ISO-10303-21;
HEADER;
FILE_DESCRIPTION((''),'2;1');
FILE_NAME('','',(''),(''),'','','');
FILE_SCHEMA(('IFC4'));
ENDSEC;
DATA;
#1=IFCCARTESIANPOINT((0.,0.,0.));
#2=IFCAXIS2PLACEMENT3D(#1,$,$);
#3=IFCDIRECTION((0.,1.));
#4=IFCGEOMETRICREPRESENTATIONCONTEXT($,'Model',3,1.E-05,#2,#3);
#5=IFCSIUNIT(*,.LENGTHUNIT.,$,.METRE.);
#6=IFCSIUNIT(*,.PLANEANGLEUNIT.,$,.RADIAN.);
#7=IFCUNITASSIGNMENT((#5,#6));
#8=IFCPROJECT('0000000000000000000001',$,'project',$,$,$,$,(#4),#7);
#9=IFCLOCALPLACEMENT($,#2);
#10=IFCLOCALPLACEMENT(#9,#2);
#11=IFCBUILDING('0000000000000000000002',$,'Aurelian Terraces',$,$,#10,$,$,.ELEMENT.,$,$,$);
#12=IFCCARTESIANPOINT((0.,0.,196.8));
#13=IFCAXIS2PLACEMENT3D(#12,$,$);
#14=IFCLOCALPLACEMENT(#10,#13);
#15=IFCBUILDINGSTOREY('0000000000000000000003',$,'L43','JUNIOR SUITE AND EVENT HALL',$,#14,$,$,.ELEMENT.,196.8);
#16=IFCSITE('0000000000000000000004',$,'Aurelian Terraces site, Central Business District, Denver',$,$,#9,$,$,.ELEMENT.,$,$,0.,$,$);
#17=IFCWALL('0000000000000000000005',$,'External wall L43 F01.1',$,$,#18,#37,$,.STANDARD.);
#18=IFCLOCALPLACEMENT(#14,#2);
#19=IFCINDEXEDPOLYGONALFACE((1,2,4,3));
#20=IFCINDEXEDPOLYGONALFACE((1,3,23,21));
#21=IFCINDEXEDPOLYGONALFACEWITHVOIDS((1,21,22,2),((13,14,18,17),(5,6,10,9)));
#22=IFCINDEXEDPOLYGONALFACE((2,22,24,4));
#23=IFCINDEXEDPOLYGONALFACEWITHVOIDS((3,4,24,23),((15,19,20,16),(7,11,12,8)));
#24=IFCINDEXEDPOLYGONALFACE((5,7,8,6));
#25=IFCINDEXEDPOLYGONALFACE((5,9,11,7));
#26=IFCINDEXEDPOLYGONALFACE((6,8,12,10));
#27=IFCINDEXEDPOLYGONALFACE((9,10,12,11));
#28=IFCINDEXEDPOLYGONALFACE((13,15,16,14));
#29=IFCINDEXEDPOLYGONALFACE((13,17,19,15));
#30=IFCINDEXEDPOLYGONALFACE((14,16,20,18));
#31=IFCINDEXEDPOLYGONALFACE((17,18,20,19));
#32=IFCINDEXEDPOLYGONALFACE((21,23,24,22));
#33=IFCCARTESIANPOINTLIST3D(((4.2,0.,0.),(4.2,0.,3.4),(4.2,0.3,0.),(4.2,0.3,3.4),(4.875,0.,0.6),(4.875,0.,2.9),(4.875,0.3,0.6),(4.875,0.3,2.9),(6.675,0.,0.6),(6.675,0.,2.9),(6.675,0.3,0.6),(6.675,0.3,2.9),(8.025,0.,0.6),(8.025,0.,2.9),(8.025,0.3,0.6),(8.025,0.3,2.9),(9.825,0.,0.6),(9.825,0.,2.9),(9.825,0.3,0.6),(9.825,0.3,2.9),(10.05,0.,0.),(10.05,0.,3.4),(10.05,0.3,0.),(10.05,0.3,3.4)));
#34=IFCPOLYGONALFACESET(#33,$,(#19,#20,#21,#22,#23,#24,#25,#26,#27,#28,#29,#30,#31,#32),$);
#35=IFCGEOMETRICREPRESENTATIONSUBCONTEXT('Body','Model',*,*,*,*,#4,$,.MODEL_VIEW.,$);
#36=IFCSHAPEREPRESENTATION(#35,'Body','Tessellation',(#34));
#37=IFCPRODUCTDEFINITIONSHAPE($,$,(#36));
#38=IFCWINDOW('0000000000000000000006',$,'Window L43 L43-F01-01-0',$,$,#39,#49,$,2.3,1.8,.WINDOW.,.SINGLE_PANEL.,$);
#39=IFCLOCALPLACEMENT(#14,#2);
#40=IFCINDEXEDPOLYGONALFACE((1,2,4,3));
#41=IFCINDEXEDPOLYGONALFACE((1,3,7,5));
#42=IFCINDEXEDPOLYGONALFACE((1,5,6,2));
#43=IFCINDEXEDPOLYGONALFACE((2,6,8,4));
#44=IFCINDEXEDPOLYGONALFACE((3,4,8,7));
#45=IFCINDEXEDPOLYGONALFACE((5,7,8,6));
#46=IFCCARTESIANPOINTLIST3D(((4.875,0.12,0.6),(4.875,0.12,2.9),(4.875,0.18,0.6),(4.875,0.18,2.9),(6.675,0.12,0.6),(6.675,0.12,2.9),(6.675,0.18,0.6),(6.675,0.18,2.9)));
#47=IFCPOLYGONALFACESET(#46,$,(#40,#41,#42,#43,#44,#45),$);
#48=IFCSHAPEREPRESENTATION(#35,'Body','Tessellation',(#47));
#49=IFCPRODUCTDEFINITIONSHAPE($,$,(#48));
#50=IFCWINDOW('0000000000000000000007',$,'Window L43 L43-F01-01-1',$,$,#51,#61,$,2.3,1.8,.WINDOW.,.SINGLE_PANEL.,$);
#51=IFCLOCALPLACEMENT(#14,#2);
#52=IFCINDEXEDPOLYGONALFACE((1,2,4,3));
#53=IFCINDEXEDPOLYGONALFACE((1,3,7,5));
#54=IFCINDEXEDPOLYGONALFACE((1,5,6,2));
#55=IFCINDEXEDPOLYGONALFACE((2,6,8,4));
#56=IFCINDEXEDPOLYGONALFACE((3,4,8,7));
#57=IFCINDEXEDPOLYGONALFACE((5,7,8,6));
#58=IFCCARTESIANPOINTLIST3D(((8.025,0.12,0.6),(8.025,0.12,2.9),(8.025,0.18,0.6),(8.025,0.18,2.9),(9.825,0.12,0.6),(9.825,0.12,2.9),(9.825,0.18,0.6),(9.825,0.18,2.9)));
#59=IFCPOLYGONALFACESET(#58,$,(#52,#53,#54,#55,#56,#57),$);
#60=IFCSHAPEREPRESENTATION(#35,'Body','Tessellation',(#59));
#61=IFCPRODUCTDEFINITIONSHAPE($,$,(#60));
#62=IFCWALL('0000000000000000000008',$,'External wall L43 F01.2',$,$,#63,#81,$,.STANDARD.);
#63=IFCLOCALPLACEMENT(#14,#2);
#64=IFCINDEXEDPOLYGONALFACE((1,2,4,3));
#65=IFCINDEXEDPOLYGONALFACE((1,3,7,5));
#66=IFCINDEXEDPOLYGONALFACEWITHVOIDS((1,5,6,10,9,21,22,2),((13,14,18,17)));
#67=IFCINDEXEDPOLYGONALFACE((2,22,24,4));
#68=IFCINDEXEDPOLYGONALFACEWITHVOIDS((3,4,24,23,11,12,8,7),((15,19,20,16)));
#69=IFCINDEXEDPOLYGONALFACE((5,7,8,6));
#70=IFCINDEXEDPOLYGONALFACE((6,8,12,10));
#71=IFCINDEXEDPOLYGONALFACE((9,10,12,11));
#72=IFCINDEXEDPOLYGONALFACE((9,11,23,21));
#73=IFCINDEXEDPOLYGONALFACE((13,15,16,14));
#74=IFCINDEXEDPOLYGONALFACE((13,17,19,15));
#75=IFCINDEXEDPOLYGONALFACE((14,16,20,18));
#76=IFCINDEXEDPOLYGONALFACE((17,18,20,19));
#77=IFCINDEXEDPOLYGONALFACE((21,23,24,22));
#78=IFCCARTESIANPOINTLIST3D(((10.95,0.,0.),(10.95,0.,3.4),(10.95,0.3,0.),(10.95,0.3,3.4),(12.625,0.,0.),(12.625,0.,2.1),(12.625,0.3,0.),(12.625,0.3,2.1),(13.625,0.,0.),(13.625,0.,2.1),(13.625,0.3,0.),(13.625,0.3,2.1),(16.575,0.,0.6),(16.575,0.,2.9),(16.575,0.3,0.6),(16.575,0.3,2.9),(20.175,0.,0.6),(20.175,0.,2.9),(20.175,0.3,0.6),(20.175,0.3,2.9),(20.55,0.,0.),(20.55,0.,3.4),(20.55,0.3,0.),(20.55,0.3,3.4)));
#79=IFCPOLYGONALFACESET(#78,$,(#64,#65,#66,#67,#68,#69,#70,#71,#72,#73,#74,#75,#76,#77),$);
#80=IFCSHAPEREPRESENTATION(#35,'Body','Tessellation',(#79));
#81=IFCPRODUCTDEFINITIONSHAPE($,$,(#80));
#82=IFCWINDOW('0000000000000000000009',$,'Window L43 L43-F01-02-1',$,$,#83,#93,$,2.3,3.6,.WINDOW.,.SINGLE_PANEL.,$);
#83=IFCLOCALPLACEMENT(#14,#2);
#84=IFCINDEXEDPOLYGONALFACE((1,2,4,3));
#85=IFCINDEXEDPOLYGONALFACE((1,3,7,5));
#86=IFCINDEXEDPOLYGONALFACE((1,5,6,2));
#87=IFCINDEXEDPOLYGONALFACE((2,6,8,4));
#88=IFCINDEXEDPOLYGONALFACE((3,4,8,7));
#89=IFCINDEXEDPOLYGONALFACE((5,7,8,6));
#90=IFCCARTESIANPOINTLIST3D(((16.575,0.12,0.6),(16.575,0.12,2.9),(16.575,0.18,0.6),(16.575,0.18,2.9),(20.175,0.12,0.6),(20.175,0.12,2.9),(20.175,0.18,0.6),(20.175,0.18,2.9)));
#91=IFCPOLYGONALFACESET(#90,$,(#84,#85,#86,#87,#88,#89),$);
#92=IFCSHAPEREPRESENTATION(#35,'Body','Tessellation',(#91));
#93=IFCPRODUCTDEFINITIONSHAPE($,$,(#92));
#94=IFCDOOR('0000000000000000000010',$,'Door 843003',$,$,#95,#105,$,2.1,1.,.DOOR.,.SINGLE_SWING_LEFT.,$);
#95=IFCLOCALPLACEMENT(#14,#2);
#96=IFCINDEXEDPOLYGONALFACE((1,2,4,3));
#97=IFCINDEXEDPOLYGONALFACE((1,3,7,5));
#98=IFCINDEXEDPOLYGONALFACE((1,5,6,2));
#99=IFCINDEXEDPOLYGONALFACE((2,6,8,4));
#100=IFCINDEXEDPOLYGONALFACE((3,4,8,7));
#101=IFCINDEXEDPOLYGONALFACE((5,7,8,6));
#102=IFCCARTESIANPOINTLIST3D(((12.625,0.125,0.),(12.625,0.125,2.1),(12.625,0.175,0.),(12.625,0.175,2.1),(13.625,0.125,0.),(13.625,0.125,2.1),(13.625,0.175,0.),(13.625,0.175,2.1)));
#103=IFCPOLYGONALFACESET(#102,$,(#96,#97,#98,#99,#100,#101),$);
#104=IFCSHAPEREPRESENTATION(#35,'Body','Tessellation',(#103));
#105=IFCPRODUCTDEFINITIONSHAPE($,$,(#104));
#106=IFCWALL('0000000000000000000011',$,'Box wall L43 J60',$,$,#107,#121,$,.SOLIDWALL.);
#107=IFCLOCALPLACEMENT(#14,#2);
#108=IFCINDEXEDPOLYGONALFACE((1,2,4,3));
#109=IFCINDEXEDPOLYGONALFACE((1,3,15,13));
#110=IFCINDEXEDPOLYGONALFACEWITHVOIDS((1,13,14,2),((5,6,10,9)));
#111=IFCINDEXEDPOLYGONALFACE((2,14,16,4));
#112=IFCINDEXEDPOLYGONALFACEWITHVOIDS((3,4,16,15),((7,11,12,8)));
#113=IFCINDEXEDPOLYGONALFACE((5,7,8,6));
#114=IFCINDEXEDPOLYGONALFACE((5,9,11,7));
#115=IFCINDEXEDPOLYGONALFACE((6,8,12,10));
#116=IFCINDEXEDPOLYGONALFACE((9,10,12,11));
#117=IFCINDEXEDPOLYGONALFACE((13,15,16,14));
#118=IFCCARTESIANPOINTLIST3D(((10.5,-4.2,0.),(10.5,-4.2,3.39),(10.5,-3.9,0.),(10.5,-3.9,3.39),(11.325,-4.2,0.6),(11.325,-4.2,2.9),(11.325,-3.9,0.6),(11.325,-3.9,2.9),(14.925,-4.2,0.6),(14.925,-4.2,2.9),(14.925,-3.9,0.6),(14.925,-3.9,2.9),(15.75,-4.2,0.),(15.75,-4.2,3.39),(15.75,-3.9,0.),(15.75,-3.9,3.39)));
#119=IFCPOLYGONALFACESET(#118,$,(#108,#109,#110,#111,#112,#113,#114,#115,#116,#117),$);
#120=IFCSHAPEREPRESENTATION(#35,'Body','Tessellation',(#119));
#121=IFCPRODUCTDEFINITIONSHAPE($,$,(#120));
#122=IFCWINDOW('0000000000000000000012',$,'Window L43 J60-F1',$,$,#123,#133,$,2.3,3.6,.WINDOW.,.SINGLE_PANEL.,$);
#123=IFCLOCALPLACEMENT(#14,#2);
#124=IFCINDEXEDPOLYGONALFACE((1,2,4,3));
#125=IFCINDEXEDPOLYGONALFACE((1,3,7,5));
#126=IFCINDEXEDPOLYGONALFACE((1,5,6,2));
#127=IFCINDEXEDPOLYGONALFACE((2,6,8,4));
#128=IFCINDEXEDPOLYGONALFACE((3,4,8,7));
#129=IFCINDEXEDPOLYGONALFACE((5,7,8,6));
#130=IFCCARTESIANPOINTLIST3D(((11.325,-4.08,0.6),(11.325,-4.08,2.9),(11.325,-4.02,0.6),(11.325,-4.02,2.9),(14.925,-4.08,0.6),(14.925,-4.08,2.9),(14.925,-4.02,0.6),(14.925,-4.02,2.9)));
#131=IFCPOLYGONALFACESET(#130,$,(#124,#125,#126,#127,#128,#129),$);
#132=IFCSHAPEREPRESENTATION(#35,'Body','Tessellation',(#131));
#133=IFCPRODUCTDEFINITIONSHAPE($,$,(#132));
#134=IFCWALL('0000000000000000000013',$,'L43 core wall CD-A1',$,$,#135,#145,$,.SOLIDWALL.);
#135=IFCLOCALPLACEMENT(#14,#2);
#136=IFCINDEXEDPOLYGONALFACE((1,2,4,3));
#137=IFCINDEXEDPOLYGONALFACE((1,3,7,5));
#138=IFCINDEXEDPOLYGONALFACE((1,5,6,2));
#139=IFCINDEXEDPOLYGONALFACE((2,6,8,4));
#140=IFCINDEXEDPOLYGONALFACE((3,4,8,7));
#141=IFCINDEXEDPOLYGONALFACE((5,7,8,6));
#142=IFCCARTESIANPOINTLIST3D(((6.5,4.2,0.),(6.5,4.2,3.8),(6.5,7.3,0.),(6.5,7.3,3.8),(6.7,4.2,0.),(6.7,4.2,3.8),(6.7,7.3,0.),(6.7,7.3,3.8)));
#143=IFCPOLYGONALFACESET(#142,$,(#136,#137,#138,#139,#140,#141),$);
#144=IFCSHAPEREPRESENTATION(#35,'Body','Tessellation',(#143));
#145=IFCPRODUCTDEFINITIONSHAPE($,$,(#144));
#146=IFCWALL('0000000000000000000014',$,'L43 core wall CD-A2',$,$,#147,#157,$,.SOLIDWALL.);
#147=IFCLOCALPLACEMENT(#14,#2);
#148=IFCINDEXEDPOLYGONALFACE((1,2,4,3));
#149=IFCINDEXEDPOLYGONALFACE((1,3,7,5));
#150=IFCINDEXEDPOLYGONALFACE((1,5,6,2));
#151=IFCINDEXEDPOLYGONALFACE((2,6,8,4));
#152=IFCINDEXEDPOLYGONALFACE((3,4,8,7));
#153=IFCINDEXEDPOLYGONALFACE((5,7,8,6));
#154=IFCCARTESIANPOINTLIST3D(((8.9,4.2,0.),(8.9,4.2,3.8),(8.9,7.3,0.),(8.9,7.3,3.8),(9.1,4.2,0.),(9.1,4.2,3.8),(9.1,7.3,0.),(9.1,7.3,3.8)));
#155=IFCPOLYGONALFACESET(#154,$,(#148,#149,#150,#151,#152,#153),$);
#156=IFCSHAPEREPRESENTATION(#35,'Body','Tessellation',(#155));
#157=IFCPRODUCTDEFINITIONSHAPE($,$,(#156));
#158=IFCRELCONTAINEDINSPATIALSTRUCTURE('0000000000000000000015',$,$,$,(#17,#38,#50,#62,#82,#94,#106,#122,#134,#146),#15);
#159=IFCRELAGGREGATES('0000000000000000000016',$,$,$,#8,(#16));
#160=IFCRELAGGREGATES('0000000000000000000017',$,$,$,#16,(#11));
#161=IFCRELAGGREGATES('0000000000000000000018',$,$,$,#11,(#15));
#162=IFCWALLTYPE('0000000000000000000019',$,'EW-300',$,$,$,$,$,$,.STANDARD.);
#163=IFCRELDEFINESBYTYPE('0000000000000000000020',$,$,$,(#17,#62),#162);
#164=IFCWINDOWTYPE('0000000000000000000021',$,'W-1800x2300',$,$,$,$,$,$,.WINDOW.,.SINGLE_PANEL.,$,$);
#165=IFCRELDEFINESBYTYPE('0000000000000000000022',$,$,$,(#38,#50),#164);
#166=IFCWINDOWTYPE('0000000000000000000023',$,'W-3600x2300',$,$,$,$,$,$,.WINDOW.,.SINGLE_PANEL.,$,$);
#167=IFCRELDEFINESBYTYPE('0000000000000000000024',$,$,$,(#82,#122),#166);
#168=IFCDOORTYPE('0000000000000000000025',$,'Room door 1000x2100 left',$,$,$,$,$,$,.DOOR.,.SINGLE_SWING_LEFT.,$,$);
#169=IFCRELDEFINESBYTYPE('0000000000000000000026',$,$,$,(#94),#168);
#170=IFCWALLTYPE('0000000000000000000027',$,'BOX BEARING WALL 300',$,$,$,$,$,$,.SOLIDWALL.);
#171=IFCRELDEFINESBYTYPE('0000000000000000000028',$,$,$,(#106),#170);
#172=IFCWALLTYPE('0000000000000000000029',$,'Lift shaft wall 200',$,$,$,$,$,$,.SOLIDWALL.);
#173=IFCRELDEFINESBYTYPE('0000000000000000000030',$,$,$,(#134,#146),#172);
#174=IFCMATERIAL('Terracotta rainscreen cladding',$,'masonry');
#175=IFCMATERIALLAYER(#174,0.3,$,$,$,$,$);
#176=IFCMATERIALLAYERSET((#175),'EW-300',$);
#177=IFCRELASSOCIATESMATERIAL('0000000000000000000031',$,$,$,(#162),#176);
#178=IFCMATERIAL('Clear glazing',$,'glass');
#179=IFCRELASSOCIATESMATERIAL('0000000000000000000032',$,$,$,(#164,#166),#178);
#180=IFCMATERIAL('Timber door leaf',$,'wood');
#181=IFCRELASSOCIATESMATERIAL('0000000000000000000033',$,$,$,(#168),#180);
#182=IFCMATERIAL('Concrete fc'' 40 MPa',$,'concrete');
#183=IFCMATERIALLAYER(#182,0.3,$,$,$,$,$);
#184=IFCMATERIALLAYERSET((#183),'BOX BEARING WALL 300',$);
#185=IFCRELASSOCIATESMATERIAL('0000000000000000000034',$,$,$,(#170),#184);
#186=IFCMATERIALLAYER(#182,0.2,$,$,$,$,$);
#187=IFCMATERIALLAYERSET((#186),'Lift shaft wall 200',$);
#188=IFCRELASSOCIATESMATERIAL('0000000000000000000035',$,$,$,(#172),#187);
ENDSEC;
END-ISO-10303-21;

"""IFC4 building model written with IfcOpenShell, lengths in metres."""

from ifc_helpers import new_model, si_unit, direction, frame, frame_2d, origin, place, context, subcontext, project, spatial, rectangle, extrude, source, transform, mapped, material, layer, layer_set, type_object, element, fill, save


model = new_model("IFC4")

# Units and contexts
model_context = context("Model", 3, precision=1e-05, world=origin(), true_north=direction((0.0, 1.0)))
body_context = subcontext(model_context, "Body", "Model", "MODEL_VIEW")
ifc_project = project(units=[si_unit("LENGTHUNIT", "METRE"), si_unit("PLANEANGLEUNIT", "RADIAN")], contexts=[model_context])

# Site, building, storey
site_placement = place(None, origin())
site = spatial("IfcSite", under=ifc_project, at=site_placement, Name="Aurelian Terraces site, Central Business District, Denver", CompositionType="ELEMENT", RefElevation=0.0)
building_placement = place(site_placement, origin())
building = spatial("IfcBuilding", under=site, at=building_placement, Name="Aurelian Terraces", CompositionType="ELEMENT")
storey_placement = place(building_placement, frame((0.0, 0.0, 196.8)))
storey = spatial("IfcBuildingStorey", under=building, at=storey_placement, Name="L43", Description="JUNIOR SUITE AND EVENT HALL", CompositionType="ELEMENT", Elevation=196.8)

# Shared definitions
ifc_material_1 = material(Name="Terracotta rainscreen cladding", Category="masonry")
ifc_layer_1 = layer(ifc_material_1, 0.3)
ifc_layer_set_1 = layer_set([ifc_layer_1], Name="EW-300")
wall_type_1 = type_object("IfcWallType", Name="EW-300", PredefinedType="STANDARD", material=ifc_layer_set_1)
shared_shape_1 = source(origin(), body_context, "Body", "SweptSolid", [
    extrude(rectangle(XDim=1.8, YDim=2.3, at=frame_2d((0.9, 1.15))), frame((0.0, 0.16, 0.0), z_axis=(0.0, -1.0, 0.0), x_axis=(1.0, 0.0, 0.0)), (0.0, 0.0, 1.0), 0.32),
])
ifc_material_2 = material(Name="Clear glazing", Category="glass")
window_type_1 = type_object("IfcWindowType", Name="W-1800x2300", PartitioningType="SINGLE_PANEL", PredefinedType="WINDOW", material=ifc_material_2)
shared_shape_2 = source(origin(), body_context, "Body", "SweptSolid", [
    extrude(rectangle(XDim=1.8, YDim=2.3, at=frame_2d((0.9, 1.15))), frame((0.0, 0.03, 0.0), z_axis=(0.0, -1.0, 0.0), x_axis=(1.0, 0.0, 0.0)), (0.0, 0.0, 1.0), 0.06),
])
ifc_material_3 = material(Name="Concrete fc' 40 MPa", Category="concrete")

# Wall, openings, windows
shared_shape_3 = source(origin(), body_context, "Body", "SweptSolid", [
    extrude(rectangle(XDim=5.85, YDim=0.3, at=frame_2d((2.925, 0.0))), origin(), (0.0, 0.0, 1.0), 3.4),
])
wall_1_placement = place(storey_placement, frame((4.2, 0.15, 0.0), z_axis=(0.0, 0.0, 1.0), x_axis=(1.0, 0.0, 0.0)))
wall_1 = element("IfcWall", 1, at=wall_1_placement, inside=storey, type_object=wall_type_1, Name="External wall L43 F01.1", PredefinedType="STANDARD", context=body_context, shape_type="MappedRepresentation", body=[
    mapped(shared_shape_3, transform((0.0, 0.0, 0.0), scale=1.0)),
])
opening_1_placement = place(wall_1_placement, frame((0.675, 0.0, 0.6)))
opening_1 = element("IfcOpeningElement", 2, at=opening_1_placement, cuts=wall_1, PredefinedType="OPENING", context=body_context, shape_type="MappedRepresentation", body=[
    mapped(shared_shape_1, transform((0.0, 0.0, 0.0), scale=1.0)),
])
opening_2_placement = place(wall_1_placement, frame((3.825, 0.0, 0.6)))
opening_2 = element("IfcOpeningElement", 3, at=opening_2_placement, cuts=wall_1, PredefinedType="OPENING", context=body_context, shape_type="MappedRepresentation", body=[
    mapped(shared_shape_1, transform((0.0, 0.0, 0.0), scale=1.0)),
])
window_1_placement = place(opening_1_placement, origin())
window_1 = element("IfcWindow", 4, at=window_1_placement, inside=storey, type_object=window_type_1, Name="Window L43 L43-F01-01-0", OverallHeight=2.3, OverallWidth=1.8, PartitioningType="SINGLE_PANEL", PredefinedType="WINDOW", context=body_context, shape_type="MappedRepresentation", body=[
    mapped(shared_shape_2, transform((0.0, 0.0, 0.0), scale=1.0)),
])
fill(opening_1, window_1)
window_2_placement = place(opening_2_placement, origin())
window_2 = element("IfcWindow", 5, at=window_2_placement, inside=storey, type_object=window_type_1, Name="Window L43 L43-F01-01-1", OverallHeight=2.3, OverallWidth=1.8, PartitioningType="SINGLE_PANEL", PredefinedType="WINDOW", context=body_context, shape_type="MappedRepresentation", body=[
    mapped(shared_shape_2, transform((0.0, 0.0, 0.0), scale=1.0)),
])
fill(opening_2, window_2)

# Wall, openings, window, door
shared_shape_4 = source(origin(), body_context, "Body", "SweptSolid", [
    extrude(rectangle(XDim=9.6, YDim=0.3, at=frame_2d((4.8, 0.0))), origin(), (0.0, 0.0, 1.0), 3.4),
])
wall_2_placement = place(storey_placement, frame((10.95, 0.15, 0.0), z_axis=(0.0, 0.0, 1.0), x_axis=(1.0, 0.0, 0.0)))
wall_2 = element("IfcWall", 6, at=wall_2_placement, inside=storey, type_object=wall_type_1, Name="External wall L43 F01.2", PredefinedType="STANDARD", context=body_context, shape_type="MappedRepresentation", body=[
    mapped(shared_shape_4, transform((0.0, 0.0, 0.0), scale=1.0)),
])
shared_shape_5 = source(origin(), body_context, "Body", "SweptSolid", [
    extrude(rectangle(XDim=3.6, YDim=2.3, at=frame_2d((1.8, 1.15))), frame((0.0, 0.16, 0.0), z_axis=(0.0, -1.0, 0.0), x_axis=(1.0, 0.0, 0.0)), (0.0, 0.0, 1.0), 0.32),
])
opening_3_placement = place(wall_2_placement, frame((5.625, 0.0, 0.6)))
opening_3 = element("IfcOpeningElement", 7, at=opening_3_placement, cuts=wall_2, PredefinedType="OPENING", context=body_context, shape_type="MappedRepresentation", body=[
    mapped(shared_shape_5, transform((0.0, 0.0, 0.0), scale=1.0)),
])
shared_shape_6 = source(origin(), body_context, "Body", "SweptSolid", [
    extrude(rectangle(XDim=1.0, YDim=2.1, at=frame_2d((0.5, 1.05))), frame((0.0, 0.16, 0.0), z_axis=(0.0, -1.0, 0.0), x_axis=(1.0, 0.0, 0.0)), (0.0, 0.0, 1.0), 0.32),
])
opening_4_placement = place(wall_2_placement, frame((1.675, 0.0, 0.0)))
opening_4 = element("IfcOpeningElement", 8, at=opening_4_placement, cuts=wall_2, PredefinedType="OPENING", context=body_context, shape_type="MappedRepresentation", body=[
    mapped(shared_shape_6, transform((0.0, 0.0, 0.0), scale=1.0)),
])
window_type_2 = type_object("IfcWindowType", Name="W-3600x2300", PartitioningType="SINGLE_PANEL", PredefinedType="WINDOW", material=ifc_material_2)
shared_shape_7 = source(origin(), body_context, "Body", "SweptSolid", [
    extrude(rectangle(XDim=3.6, YDim=2.3, at=frame_2d((1.8, 1.15))), frame((0.0, 0.03, 0.0), z_axis=(0.0, -1.0, 0.0), x_axis=(1.0, 0.0, 0.0)), (0.0, 0.0, 1.0), 0.06),
])
window_3_placement = place(opening_3_placement, origin())
window_3 = element("IfcWindow", 9, at=window_3_placement, inside=storey, type_object=window_type_2, Name="Window L43 L43-F01-02-1", OverallHeight=2.3, OverallWidth=3.6, PartitioningType="SINGLE_PANEL", PredefinedType="WINDOW", context=body_context, shape_type="MappedRepresentation", body=[
    mapped(shared_shape_7, transform((0.0, 0.0, 0.0), scale=1.0)),
])
fill(opening_3, window_3)
ifc_material_4 = material(Name="Timber door leaf", Category="wood")
door_type_1 = type_object("IfcDoorType", Name="Room door 1000x2100 left", OperationType="SINGLE_SWING_LEFT", PredefinedType="DOOR", material=ifc_material_4)
shared_shape_8 = source(origin(), body_context, "Body", "SweptSolid", [
    extrude(rectangle(XDim=1.0, YDim=2.1, at=frame_2d((0.5, 1.05))), frame((0.0, 0.025, 0.0), z_axis=(0.0, -1.0, 0.0), x_axis=(1.0, 0.0, 0.0)), (0.0, 0.0, 1.0), 0.05),
])
door_1_placement = place(opening_4_placement, origin())
door_1 = element("IfcDoor", 10, at=door_1_placement, inside=storey, type_object=door_type_1, Name="Door 843003", OperationType="SINGLE_SWING_LEFT", OverallHeight=2.1, OverallWidth=1.0, PredefinedType="DOOR", context=body_context, shape_type="MappedRepresentation", body=[
    mapped(shared_shape_8, transform((0.0, 0.0, 0.0), scale=1.0)),
])
fill(opening_4, door_1)

# Wall, opening, window
ifc_layer_2 = layer(ifc_material_3, 0.3)
ifc_layer_set_2 = layer_set([ifc_layer_2], Name="BOX BEARING WALL 300")
wall_type_2 = type_object("IfcWallType", Name="BOX BEARING WALL 300", PredefinedType="SOLIDWALL", material=ifc_layer_set_2)
shared_shape_9 = source(origin(), body_context, "Body", "SweptSolid", [
    extrude(rectangle(XDim=5.25, YDim=0.3, at=frame_2d((2.625, 0.0))), origin(), (0.0, 0.0, 1.0), 3.39),
])
wall_3_placement = place(storey_placement, frame((10.5, -4.05, 0.0), z_axis=(0.0, 0.0, 1.0), x_axis=(1.0, 0.0, 0.0)))
wall_3 = element("IfcWall", 11, at=wall_3_placement, inside=storey, type_object=wall_type_2, Name="Box wall L43 J60", PredefinedType="SOLIDWALL", context=body_context, shape_type="MappedRepresentation", body=[
    mapped(shared_shape_9, transform((0.0, 0.0, 0.0), scale=1.0)),
])
opening_5_placement = place(wall_3_placement, frame((0.825, 0.0, 0.6)))
opening_5 = element("IfcOpeningElement", 12, at=opening_5_placement, cuts=wall_3, PredefinedType="OPENING", context=body_context, shape_type="MappedRepresentation", body=[
    mapped(shared_shape_5, transform((0.0, 0.0, 0.0), scale=1.0)),
])
window_4_placement = place(opening_5_placement, origin())
window_4 = element("IfcWindow", 13, at=window_4_placement, inside=storey, type_object=window_type_2, Name="Window L43 J60-F1", OverallHeight=2.3, OverallWidth=3.6, PartitioningType="SINGLE_PANEL", PredefinedType="WINDOW", context=body_context, shape_type="MappedRepresentation", body=[
    mapped(shared_shape_7, transform((0.0, 0.0, 0.0), scale=1.0)),
])
fill(opening_5, window_4)

# Walls
ifc_layer_3 = layer(ifc_material_3, 0.2)
ifc_layer_set_3 = layer_set([ifc_layer_3], Name="Lift shaft wall 200")
wall_type_3 = type_object("IfcWallType", Name="Lift shaft wall 200", PredefinedType="SOLIDWALL", material=ifc_layer_set_3)
shared_shape_10 = source(origin(), body_context, "Body", "SweptSolid", [
    extrude(rectangle(XDim=3.1, YDim=0.2, at=frame_2d((1.55, 0.0))), origin(), (0.0, 0.0, 1.0), 3.8),
])
for number, where, z_axis, x_axis, name in (
    (14, (6.6, 4.2, 0.0), (0.0, 0.0, 1.0), (0.0, 1.0, 0.0), "L43 core wall CD-A1"),
    (15, (9.0, 4.2, 0.0), (0.0, 0.0, 1.0), (0.0, 1.0, 0.0), "L43 core wall CD-A2"),
):
    element("IfcWall", number, at=place(storey_placement, frame(where, z_axis=z_axis, x_axis=x_axis)), inside=storey, type_object=wall_type_3, Name=name, PredefinedType="SOLIDWALL", context=body_context, shape_type="MappedRepresentation", body=[
        mapped(shared_shape_10, transform((0.0, 0.0, 0.0), scale=1.0)),
    ])

save(model, "model.ifc")
